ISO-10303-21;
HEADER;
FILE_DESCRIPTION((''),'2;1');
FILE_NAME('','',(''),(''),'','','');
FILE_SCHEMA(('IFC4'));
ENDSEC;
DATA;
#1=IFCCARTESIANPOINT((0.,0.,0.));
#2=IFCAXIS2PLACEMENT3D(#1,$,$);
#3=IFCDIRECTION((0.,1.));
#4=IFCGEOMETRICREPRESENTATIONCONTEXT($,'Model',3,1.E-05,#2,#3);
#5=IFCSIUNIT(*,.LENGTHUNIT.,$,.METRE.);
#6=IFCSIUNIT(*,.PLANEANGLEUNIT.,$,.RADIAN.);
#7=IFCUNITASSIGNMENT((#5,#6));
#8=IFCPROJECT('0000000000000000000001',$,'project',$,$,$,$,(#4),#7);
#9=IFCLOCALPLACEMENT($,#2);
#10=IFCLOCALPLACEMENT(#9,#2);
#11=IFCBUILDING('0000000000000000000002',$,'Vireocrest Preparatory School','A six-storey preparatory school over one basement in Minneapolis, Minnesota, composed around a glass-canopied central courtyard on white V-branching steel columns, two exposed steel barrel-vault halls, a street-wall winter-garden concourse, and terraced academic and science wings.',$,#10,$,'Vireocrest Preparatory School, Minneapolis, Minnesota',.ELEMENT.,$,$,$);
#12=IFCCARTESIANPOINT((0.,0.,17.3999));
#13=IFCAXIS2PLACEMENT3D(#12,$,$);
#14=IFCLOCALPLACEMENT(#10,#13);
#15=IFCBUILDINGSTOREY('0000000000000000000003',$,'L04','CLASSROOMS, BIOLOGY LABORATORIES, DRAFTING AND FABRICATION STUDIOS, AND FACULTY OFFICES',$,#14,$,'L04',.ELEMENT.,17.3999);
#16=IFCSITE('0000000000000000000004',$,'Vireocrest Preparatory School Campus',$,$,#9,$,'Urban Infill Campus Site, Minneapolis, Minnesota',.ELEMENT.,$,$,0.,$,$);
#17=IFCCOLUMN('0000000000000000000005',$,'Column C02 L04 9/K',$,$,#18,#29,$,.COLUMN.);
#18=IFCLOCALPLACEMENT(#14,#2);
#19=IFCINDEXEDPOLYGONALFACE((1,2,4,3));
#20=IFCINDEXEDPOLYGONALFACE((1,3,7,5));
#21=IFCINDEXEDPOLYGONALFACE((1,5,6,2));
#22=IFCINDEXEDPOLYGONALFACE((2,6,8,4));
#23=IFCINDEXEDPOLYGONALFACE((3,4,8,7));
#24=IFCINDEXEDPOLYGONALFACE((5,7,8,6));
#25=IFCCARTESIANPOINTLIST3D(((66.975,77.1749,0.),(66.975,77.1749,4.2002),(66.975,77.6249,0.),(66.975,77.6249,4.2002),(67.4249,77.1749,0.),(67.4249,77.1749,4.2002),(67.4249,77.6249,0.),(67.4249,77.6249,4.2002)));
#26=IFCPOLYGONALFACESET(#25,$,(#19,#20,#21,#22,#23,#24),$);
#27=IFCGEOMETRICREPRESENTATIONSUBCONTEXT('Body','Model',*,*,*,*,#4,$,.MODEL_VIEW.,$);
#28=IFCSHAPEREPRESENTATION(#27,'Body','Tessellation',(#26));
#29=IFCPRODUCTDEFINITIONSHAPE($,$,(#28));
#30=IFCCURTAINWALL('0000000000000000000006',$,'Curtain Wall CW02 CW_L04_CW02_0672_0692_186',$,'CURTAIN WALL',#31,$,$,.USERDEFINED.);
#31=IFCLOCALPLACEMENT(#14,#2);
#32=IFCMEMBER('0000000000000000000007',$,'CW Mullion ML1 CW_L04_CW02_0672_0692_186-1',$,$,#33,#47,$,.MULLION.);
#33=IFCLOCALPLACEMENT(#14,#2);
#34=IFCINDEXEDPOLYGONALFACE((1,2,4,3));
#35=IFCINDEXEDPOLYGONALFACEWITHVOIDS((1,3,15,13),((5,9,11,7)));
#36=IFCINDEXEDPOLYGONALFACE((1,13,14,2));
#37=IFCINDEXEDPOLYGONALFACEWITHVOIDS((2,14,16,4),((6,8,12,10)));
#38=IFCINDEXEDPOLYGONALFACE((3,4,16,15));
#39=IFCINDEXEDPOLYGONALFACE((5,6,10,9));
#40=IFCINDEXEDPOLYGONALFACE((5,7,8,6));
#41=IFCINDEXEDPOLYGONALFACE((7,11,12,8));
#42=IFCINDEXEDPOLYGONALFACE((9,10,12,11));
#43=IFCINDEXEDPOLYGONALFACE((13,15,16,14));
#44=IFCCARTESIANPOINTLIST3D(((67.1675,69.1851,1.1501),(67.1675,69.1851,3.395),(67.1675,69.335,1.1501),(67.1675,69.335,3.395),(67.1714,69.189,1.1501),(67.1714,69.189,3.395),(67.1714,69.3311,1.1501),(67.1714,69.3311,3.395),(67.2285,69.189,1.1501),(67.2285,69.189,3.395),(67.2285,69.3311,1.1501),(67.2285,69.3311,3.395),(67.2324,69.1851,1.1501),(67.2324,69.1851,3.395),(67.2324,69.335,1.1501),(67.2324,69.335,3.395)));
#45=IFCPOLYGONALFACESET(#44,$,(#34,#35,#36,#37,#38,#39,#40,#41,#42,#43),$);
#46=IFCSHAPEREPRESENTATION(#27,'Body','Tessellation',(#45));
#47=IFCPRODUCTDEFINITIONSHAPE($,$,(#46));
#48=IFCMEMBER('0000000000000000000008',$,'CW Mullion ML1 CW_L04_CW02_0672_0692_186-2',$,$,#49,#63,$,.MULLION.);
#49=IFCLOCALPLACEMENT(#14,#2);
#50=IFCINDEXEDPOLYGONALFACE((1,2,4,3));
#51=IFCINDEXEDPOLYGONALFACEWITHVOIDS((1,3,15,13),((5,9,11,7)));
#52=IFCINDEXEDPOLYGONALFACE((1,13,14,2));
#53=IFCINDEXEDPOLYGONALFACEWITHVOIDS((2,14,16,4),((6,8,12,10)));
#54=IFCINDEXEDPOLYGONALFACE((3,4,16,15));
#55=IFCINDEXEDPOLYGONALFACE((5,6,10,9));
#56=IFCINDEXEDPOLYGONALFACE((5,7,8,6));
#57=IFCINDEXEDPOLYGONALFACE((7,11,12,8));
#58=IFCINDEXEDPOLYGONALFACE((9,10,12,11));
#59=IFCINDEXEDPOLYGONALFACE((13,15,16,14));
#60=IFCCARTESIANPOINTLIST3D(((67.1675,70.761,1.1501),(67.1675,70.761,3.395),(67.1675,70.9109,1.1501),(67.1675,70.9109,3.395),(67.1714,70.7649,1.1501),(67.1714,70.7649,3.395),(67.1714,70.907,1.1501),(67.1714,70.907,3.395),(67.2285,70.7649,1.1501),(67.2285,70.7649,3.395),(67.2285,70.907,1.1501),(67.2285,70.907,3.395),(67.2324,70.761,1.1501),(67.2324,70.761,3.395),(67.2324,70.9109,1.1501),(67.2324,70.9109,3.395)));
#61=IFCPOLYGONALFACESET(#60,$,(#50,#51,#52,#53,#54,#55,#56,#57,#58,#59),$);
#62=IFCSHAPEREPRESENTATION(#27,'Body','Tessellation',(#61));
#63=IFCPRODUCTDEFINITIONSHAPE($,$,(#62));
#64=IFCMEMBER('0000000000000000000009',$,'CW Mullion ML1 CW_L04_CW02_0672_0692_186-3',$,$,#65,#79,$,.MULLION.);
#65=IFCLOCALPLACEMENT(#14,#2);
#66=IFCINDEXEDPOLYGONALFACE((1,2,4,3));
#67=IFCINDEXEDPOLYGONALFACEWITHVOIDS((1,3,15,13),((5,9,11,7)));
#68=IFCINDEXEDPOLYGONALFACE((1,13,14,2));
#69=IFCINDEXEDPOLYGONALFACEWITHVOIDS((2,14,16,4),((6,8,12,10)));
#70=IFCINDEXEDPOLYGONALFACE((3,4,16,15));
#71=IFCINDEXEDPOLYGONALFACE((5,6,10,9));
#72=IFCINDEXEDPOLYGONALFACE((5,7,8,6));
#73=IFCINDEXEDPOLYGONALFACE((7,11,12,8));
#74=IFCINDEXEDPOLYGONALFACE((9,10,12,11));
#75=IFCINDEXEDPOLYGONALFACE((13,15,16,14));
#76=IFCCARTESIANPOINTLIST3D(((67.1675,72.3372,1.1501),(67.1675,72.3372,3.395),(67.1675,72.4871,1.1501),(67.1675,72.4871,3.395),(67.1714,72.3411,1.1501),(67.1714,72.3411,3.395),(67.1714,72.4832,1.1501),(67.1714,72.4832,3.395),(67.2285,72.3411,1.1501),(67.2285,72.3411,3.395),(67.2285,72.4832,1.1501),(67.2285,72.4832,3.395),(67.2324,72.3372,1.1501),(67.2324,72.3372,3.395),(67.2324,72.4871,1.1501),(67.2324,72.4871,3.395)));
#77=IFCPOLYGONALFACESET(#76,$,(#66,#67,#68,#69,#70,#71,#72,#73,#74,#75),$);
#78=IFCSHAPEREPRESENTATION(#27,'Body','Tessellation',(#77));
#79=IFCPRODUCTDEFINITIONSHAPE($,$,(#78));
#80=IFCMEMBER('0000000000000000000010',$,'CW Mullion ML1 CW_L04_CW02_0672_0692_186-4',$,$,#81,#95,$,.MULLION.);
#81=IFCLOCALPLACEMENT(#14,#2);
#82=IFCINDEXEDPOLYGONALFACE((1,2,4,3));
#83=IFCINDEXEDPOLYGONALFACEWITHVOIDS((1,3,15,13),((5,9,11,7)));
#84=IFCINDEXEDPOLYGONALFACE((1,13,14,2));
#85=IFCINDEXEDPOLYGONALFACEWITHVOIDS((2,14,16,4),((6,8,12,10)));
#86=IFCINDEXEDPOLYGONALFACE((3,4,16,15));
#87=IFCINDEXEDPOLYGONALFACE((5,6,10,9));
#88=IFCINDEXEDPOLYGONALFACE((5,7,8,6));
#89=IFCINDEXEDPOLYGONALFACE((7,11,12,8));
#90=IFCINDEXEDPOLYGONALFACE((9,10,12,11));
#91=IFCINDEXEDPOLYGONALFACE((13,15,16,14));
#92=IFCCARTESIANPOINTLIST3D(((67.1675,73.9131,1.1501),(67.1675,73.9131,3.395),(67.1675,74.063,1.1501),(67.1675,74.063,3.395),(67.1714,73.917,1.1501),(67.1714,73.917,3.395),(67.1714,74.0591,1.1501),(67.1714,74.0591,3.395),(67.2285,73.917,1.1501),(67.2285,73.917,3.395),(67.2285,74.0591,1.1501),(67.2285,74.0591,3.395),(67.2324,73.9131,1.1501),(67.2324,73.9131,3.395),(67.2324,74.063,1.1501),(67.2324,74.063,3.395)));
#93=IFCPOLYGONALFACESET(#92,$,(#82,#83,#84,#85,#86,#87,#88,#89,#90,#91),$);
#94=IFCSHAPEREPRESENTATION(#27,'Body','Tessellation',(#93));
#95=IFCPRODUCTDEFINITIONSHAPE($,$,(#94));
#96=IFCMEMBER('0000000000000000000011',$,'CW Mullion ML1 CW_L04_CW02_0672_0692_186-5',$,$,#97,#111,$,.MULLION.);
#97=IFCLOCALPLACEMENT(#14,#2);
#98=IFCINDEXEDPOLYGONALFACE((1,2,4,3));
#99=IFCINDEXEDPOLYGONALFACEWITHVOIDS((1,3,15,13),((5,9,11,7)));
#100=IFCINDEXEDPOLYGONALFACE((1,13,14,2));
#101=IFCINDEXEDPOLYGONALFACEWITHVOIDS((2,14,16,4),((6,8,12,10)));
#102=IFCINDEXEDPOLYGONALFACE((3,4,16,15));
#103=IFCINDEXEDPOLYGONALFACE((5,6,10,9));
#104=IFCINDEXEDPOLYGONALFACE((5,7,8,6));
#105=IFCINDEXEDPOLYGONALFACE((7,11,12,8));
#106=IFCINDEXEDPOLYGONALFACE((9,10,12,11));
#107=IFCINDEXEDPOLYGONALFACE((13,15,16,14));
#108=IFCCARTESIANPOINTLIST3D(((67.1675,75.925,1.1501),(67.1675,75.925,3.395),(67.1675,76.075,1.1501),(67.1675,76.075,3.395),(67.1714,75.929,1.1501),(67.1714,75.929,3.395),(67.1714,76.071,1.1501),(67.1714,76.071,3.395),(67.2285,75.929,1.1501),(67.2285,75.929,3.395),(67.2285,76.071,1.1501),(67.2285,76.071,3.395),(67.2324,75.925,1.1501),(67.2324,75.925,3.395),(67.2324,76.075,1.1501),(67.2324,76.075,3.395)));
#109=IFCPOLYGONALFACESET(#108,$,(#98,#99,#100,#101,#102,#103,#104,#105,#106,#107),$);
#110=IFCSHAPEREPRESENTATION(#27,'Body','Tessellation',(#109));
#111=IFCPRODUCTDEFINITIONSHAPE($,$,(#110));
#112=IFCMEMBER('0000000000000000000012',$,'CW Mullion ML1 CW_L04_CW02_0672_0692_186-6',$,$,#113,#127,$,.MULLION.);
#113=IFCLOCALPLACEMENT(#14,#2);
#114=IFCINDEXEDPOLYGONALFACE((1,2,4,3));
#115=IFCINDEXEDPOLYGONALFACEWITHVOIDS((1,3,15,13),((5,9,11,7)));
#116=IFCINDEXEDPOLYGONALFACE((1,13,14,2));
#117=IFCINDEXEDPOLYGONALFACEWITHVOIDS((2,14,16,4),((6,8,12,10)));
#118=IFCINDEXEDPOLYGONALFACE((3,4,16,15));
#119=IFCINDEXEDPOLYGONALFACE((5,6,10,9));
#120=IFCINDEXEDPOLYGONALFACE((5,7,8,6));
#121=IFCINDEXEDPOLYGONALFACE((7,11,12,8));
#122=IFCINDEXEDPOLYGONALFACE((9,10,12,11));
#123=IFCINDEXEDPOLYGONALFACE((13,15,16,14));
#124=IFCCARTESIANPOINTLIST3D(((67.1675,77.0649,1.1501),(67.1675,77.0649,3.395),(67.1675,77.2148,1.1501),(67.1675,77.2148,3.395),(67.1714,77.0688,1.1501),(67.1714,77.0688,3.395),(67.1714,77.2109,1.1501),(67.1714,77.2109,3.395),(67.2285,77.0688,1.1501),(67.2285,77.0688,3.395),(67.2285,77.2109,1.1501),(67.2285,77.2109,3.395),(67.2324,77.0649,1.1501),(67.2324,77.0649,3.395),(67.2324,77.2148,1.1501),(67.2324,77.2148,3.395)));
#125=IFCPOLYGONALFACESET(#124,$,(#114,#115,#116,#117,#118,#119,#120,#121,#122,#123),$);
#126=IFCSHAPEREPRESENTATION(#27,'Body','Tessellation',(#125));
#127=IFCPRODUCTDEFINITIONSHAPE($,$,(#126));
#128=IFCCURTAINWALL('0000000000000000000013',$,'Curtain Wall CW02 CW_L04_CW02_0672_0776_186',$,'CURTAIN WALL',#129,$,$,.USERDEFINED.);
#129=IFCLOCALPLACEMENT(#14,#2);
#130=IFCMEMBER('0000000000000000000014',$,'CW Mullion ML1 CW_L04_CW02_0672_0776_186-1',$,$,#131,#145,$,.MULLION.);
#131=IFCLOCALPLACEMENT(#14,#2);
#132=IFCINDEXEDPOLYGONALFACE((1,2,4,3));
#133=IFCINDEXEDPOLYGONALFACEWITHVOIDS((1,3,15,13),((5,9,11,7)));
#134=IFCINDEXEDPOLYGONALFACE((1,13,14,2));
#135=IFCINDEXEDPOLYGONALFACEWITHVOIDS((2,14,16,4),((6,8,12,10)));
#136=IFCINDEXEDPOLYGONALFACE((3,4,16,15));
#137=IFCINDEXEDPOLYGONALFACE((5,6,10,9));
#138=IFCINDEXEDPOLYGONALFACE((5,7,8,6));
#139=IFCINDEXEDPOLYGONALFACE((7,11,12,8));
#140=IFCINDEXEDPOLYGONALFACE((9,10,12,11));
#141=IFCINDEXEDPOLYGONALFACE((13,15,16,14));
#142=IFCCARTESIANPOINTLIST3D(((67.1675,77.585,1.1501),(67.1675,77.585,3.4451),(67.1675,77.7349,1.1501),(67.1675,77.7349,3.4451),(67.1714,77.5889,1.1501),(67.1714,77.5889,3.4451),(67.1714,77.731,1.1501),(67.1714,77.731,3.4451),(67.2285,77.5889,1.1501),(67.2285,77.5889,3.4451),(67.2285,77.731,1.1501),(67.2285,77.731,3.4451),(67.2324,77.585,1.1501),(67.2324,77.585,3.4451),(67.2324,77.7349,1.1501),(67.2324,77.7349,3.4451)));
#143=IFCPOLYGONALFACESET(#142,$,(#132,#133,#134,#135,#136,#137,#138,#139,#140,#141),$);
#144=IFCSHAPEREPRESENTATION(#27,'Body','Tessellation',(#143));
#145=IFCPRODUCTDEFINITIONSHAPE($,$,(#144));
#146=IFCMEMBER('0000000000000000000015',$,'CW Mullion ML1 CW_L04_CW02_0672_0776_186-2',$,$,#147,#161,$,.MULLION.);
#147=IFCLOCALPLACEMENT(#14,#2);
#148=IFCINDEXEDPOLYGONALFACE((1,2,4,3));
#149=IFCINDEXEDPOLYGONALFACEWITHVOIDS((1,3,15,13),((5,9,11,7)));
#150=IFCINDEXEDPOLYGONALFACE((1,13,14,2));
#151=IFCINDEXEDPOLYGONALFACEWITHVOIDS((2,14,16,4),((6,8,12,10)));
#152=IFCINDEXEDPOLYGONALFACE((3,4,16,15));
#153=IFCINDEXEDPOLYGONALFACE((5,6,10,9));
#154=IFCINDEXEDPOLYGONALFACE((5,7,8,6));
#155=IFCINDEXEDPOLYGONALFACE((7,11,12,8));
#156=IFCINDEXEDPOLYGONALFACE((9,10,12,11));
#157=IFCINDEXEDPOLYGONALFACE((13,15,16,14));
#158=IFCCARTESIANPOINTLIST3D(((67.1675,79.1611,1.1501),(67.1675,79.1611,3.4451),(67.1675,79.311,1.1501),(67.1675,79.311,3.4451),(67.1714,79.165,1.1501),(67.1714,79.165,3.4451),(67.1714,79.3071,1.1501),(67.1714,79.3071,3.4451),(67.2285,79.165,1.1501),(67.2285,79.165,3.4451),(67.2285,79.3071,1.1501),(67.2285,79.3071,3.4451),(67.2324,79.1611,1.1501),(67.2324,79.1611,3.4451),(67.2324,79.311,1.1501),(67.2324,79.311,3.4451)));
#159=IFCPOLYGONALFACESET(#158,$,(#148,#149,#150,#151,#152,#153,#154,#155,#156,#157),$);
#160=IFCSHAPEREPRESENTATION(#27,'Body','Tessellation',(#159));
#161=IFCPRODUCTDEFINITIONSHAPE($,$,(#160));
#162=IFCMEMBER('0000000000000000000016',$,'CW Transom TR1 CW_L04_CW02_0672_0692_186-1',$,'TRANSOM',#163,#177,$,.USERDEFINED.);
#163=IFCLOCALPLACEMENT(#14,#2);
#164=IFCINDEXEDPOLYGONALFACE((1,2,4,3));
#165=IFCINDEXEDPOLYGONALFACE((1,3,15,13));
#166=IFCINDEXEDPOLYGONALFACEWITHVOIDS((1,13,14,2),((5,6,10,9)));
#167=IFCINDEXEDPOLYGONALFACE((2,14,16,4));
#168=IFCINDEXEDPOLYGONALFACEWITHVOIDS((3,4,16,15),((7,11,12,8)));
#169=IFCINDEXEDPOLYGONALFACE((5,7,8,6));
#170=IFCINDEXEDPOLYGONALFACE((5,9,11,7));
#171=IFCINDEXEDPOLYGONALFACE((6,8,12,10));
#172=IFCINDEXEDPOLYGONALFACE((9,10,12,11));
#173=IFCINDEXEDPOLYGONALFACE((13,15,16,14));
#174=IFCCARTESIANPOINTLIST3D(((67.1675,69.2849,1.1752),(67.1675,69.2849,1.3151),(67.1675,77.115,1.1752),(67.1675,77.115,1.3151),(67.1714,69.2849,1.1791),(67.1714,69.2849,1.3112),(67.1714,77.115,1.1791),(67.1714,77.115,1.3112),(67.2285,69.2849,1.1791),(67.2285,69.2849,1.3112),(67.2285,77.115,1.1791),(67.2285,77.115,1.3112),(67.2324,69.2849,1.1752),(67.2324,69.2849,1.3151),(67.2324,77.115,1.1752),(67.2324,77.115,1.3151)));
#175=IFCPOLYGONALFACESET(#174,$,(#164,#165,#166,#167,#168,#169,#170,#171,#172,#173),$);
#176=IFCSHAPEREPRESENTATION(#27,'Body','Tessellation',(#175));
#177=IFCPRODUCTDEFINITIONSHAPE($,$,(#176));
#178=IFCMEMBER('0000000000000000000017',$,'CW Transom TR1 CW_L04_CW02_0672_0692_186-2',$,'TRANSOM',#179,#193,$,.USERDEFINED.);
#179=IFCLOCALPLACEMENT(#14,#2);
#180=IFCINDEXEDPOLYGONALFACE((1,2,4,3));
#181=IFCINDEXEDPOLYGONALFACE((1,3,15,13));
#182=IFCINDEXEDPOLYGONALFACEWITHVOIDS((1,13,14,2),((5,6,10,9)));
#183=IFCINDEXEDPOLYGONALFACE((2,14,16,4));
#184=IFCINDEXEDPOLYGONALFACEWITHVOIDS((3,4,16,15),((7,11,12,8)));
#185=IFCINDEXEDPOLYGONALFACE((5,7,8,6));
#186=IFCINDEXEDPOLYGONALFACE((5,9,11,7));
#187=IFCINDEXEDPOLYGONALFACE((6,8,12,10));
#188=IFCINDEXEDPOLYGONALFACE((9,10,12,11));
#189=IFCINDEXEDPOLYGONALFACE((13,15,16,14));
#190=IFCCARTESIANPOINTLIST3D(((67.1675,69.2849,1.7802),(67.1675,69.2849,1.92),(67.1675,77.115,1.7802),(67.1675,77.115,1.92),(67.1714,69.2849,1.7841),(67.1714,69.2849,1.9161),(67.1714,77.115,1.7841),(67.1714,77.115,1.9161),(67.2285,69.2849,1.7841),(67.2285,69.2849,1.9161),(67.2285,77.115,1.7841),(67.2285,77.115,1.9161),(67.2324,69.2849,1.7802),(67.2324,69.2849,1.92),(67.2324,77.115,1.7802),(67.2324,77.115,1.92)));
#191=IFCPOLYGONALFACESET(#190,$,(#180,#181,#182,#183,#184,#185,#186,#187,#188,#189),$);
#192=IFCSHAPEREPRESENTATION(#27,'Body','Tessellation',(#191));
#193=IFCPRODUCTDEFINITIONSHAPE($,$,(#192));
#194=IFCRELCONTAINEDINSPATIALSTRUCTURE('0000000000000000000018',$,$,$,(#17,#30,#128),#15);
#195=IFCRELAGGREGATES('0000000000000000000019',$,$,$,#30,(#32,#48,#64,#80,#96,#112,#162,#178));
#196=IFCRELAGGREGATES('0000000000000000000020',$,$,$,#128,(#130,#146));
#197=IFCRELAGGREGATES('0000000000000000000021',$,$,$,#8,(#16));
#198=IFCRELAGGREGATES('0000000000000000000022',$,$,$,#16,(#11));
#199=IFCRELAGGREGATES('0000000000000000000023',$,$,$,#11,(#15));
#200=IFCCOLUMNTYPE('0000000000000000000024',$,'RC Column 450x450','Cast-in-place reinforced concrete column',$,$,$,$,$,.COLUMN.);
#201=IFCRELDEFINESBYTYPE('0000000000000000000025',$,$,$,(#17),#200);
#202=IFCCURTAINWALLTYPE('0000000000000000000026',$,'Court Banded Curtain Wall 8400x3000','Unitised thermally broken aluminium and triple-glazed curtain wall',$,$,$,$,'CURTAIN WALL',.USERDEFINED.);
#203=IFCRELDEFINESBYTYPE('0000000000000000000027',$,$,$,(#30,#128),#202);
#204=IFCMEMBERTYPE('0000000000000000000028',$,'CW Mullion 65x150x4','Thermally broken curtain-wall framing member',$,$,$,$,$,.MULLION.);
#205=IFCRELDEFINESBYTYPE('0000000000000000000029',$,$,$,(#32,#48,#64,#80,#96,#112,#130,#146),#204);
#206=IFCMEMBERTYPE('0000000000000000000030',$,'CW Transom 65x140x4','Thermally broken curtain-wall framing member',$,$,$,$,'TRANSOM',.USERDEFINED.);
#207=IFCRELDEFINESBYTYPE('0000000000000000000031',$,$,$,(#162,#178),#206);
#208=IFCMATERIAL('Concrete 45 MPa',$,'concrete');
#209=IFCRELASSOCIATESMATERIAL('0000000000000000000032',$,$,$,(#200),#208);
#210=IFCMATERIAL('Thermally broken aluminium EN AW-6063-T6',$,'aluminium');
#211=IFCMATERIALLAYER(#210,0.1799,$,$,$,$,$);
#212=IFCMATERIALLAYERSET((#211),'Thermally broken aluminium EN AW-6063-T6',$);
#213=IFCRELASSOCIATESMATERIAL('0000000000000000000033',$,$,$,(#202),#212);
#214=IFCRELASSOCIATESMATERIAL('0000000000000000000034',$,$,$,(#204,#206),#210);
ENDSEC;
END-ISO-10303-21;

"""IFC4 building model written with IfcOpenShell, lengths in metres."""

from ifc_helpers import new_model, si_unit, direction, frame, origin, origin_2d, place, context, subcontext, project, spatial, rectangle, hollow_rectangle, extrude, material, layer, layer_set, material_profile, profile_set, type_object, element, aggregate, save


model = new_model("IFC4")

# Units and contexts
model_context = context("Model", 3, precision=1e-05, world=origin(), true_north=direction((0.0, 1.0)))
body_context = subcontext(model_context, "Body", "Model", "MODEL_VIEW")
ifc_project = project(units=[si_unit("LENGTHUNIT", "METRE"), si_unit("PLANEANGLEUNIT", "RADIAN")], contexts=[model_context])

# Site, building, storey
site_placement = place(None, origin())
site = spatial("IfcSite", under=ifc_project, at=site_placement, Name="Vireocrest Preparatory School Campus", LongName="Urban Infill Campus Site, Minneapolis, Minnesota", CompositionType="ELEMENT", RefElevation=0.0)
building_placement = place(site_placement, origin())
building = spatial("IfcBuilding", under=site, at=building_placement, Name="Vireocrest Preparatory School", Description="A six-storey preparatory school over one basement in Minneapolis, Minnesota, composed around a glass-canopied central courtyard on white V-branching steel columns, two exposed steel barrel-vault halls, a street-wall winter-garden concourse, and terraced academic and science wings.", LongName="Vireocrest Preparatory School, Minneapolis, Minnesota", CompositionType="ELEMENT")
storey_placement = place(building_placement, frame((0.0, 0.0, 17.3999)))
storey = spatial("IfcBuildingStorey", under=building, at=storey_placement, Name="L04", Description="CLASSROOMS, BIOLOGY LABORATORIES, DRAFTING AND FABRICATION STUDIOS, AND FACULTY OFFICES", LongName="L04", CompositionType="ELEMENT", Elevation=17.3999)

# Column
ifc_material_1 = material(Name="Concrete 45 MPa", Category="concrete")
ifc_material_profile_1 = material_profile(ifc_material_1, rectangle(XDim=0.45, YDim=0.45, at=origin_2d()), Name="RC 450x450")
ifc_profile_set_1 = profile_set([ifc_material_profile_1], Name="Concrete 45 MPa")
column_type = type_object("IfcColumnType", Name="RC Column 450x450", Description="Cast-in-place reinforced concrete column", PredefinedType="COLUMN", material=ifc_profile_set_1)
column_placement = place(storey_placement, frame((67.2, 77.3999, 0.0), z_axis=(0.0, 0.0, 1.0), x_axis=(1.0, 0.0, 0.0)))
element("IfcColumn", 1, at=column_placement, inside=storey, type_object=column_type, Name="Column C02 L04 9/K", PredefinedType="COLUMN", context=body_context, shape_type="SweptSolid", body=[
    extrude(rectangle(XDim=0.45, YDim=0.45, at=origin_2d()), origin(), (0.0, 0.0, 1.0), 4.2002),
])

# Curtain walls, members
ifc_material_2 = material(Name="Thermally broken aluminium EN AW-6063-T6", Category="aluminium")
ifc_layer_1 = layer(ifc_material_2, 0.1799)
ifc_layer_set_1 = layer_set([ifc_layer_1], Name="Thermally broken aluminium EN AW-6063-T6")
curtain_wall_type = type_object("IfcCurtainWallType", Name="Court Banded Curtain Wall 8400x3000", Description="Unitised thermally broken aluminium and triple-glazed curtain wall", ElementType="CURTAIN WALL", PredefinedType="USERDEFINED", material=ifc_layer_set_1)
curtain_wall_1_placement = place(storey_placement, origin())
curtain_wall_1 = element("IfcCurtainWall", 2, at=curtain_wall_1_placement, inside=storey, type_object=curtain_wall_type, Name="Curtain Wall CW02 CW_L04_CW02_0672_0692_186", ObjectType="CURTAIN WALL", PredefinedType="USERDEFINED")
ifc_material_profile_2 = material_profile(ifc_material_2, hollow_rectangle(XDim=0.0649, YDim=0.1499, WallThickness=0.0039, at=origin_2d()), Name="ALU 65x150x4")
ifc_profile_set_2 = profile_set([ifc_material_profile_2], Name="Thermally broken aluminium EN AW-6063-T6")
member_type_1 = type_object("IfcMemberType", Name="CW Mullion 65x150x4", Description="Thermally broken curtain-wall framing member", PredefinedType="MULLION", material=ifc_profile_set_2)
member_1_placement = place(storey_placement, frame((67.2, 69.26, 1.1501), z_axis=(0.0, 0.0, 1.0), x_axis=(1.0, 0.0, 0.0)))
member_1 = element("IfcMember", 3, at=member_1_placement, type_object=member_type_1, Name="CW Mullion ML1 CW_L04_CW02_0672_0692_186-1", PredefinedType="MULLION", context=body_context, shape_type="SweptSolid", body=[
    extrude(hollow_rectangle(XDim=0.0649, YDim=0.1499, WallThickness=0.0039, at=origin_2d()), origin(), (0.0, 0.0, 1.0), 2.2449),
])
member_2_placement = place(storey_placement, frame((67.2, 70.8359, 1.1501), z_axis=(0.0, 0.0, 1.0), x_axis=(1.0, 0.0, 0.0)))
member_2 = element("IfcMember", 4, at=member_2_placement, type_object=member_type_1, Name="CW Mullion ML1 CW_L04_CW02_0672_0692_186-2", PredefinedType="MULLION", context=body_context, shape_type="SweptSolid", body=[
    extrude(hollow_rectangle(XDim=0.0649, YDim=0.1499, WallThickness=0.0039, at=origin_2d()), origin(), (0.0, 0.0, 1.0), 2.2449),
])
member_3_placement = place(storey_placement, frame((67.2, 72.4121, 1.1501), z_axis=(0.0, 0.0, 1.0), x_axis=(1.0, 0.0, 0.0)))
member_3 = element("IfcMember", 5, at=member_3_placement, type_object=member_type_1, Name="CW Mullion ML1 CW_L04_CW02_0672_0692_186-3", PredefinedType="MULLION", context=body_context, shape_type="SweptSolid", body=[
    extrude(hollow_rectangle(XDim=0.0649, YDim=0.1499, WallThickness=0.0039, at=origin_2d()), origin(), (0.0, 0.0, 1.0), 2.2449),
])
member_4_placement = place(storey_placement, frame((67.2, 73.988, 1.1501), z_axis=(0.0, 0.0, 1.0), x_axis=(1.0, 0.0, 0.0)))
member_4 = element("IfcMember", 6, at=member_4_placement, type_object=member_type_1, Name="CW Mullion ML1 CW_L04_CW02_0672_0692_186-4", PredefinedType="MULLION", context=body_context, shape_type="SweptSolid", body=[
    extrude(hollow_rectangle(XDim=0.0649, YDim=0.1499, WallThickness=0.0039, at=origin_2d()), origin(), (0.0, 0.0, 1.0), 2.2449),
])
member_5_placement = place(storey_placement, frame((67.2, 76.0, 1.1501), z_axis=(0.0, 0.0, 1.0), x_axis=(1.0, 0.0, 0.0)))
member_5 = element("IfcMember", 7, at=member_5_placement, type_object=member_type_1, Name="CW Mullion ML1 CW_L04_CW02_0672_0692_186-5", PredefinedType="MULLION", context=body_context, shape_type="SweptSolid", body=[
    extrude(hollow_rectangle(XDim=0.0649, YDim=0.1499, WallThickness=0.0039, at=origin_2d()), origin(), (0.0, 0.0, 1.0), 2.2449),
])
member_6_placement = place(storey_placement, frame((67.2, 77.1399, 1.1501), z_axis=(0.0, 0.0, 1.0), x_axis=(1.0, 0.0, 0.0)))
member_6 = element("IfcMember", 8, at=member_6_placement, type_object=member_type_1, Name="CW Mullion ML1 CW_L04_CW02_0672_0692_186-6", PredefinedType="MULLION", context=body_context, shape_type="SweptSolid", body=[
    extrude(hollow_rectangle(XDim=0.0649, YDim=0.1499, WallThickness=0.0039, at=origin_2d()), origin(), (0.0, 0.0, 1.0), 2.2449),
])
curtain_wall_2_placement = place(storey_placement, origin())
curtain_wall_2 = element("IfcCurtainWall", 9, at=curtain_wall_2_placement, inside=storey, type_object=curtain_wall_type, Name="Curtain Wall CW02 CW_L04_CW02_0672_0776_186", ObjectType="CURTAIN WALL", PredefinedType="USERDEFINED")
member_7_placement = place(storey_placement, frame((67.2, 77.6599, 1.1501), z_axis=(0.0, 0.0, 1.0), x_axis=(1.0, 0.0, 0.0)))
member_7 = element("IfcMember", 10, at=member_7_placement, type_object=member_type_1, Name="CW Mullion ML1 CW_L04_CW02_0672_0776_186-1", PredefinedType="MULLION", context=body_context, shape_type="SweptSolid", body=[
    extrude(hollow_rectangle(XDim=0.0649, YDim=0.1499, WallThickness=0.0039, at=origin_2d()), origin(), (0.0, 0.0, 1.0), 2.2949),
])
member_8_placement = place(storey_placement, frame((67.2, 79.2361, 1.1501), z_axis=(0.0, 0.0, 1.0), x_axis=(1.0, 0.0, 0.0)))
member_8 = element("IfcMember", 11, at=member_8_placement, type_object=member_type_1, Name="CW Mullion ML1 CW_L04_CW02_0672_0776_186-2", PredefinedType="MULLION", context=body_context, shape_type="SweptSolid", body=[
    extrude(hollow_rectangle(XDim=0.0649, YDim=0.1499, WallThickness=0.0039, at=origin_2d()), origin(), (0.0, 0.0, 1.0), 2.2949),
])

# Members
ifc_material_profile_3 = material_profile(ifc_material_2, hollow_rectangle(XDim=0.0649, YDim=0.1399, WallThickness=0.0039, at=origin_2d()), Name="ALU 65x140x4")
ifc_profile_set_3 = profile_set([ifc_material_profile_3], Name="Thermally broken aluminium EN AW-6063-T6")
member_type_2 = type_object("IfcMemberType", Name="CW Transom 65x140x4", Description="Thermally broken curtain-wall framing member", ElementType="TRANSOM", PredefinedType="USERDEFINED", material=ifc_profile_set_3)
member_9_placement = place(storey_placement, frame((67.2, 69.2849, 1.2451), z_axis=(0.0, 1.0, 0.0), x_axis=(-1.0, 0.0, 0.0)))
member_9 = element("IfcMember", 12, at=member_9_placement, type_object=member_type_2, Name="CW Transom TR1 CW_L04_CW02_0672_0692_186-1", ObjectType="TRANSOM", PredefinedType="USERDEFINED", context=body_context, shape_type="SweptSolid", body=[
    extrude(hollow_rectangle(XDim=0.0649, YDim=0.1399, WallThickness=0.0039, at=origin_2d()), origin(), (0.0, 0.0, 1.0), 7.8301),
])
member_10_placement = place(storey_placement, frame((67.2, 69.2849, 1.8501), z_axis=(0.0, 1.0, 0.0), x_axis=(-1.0, 0.0, 0.0)))
member_10 = element("IfcMember", 13, at=member_10_placement, type_object=member_type_2, Name="CW Transom TR1 CW_L04_CW02_0672_0692_186-2", ObjectType="TRANSOM", PredefinedType="USERDEFINED", context=body_context, shape_type="SweptSolid", body=[
    extrude(hollow_rectangle(XDim=0.0649, YDim=0.1399, WallThickness=0.0039, at=origin_2d()), origin(), (0.0, 0.0, 1.0), 7.8301),
])

aggregate(curtain_wall_1, [member_1, member_2, member_3, member_4, member_5, member_6, member_9, member_10])
aggregate(curtain_wall_2, [member_7, member_8])

save(model, "model.ifc")
